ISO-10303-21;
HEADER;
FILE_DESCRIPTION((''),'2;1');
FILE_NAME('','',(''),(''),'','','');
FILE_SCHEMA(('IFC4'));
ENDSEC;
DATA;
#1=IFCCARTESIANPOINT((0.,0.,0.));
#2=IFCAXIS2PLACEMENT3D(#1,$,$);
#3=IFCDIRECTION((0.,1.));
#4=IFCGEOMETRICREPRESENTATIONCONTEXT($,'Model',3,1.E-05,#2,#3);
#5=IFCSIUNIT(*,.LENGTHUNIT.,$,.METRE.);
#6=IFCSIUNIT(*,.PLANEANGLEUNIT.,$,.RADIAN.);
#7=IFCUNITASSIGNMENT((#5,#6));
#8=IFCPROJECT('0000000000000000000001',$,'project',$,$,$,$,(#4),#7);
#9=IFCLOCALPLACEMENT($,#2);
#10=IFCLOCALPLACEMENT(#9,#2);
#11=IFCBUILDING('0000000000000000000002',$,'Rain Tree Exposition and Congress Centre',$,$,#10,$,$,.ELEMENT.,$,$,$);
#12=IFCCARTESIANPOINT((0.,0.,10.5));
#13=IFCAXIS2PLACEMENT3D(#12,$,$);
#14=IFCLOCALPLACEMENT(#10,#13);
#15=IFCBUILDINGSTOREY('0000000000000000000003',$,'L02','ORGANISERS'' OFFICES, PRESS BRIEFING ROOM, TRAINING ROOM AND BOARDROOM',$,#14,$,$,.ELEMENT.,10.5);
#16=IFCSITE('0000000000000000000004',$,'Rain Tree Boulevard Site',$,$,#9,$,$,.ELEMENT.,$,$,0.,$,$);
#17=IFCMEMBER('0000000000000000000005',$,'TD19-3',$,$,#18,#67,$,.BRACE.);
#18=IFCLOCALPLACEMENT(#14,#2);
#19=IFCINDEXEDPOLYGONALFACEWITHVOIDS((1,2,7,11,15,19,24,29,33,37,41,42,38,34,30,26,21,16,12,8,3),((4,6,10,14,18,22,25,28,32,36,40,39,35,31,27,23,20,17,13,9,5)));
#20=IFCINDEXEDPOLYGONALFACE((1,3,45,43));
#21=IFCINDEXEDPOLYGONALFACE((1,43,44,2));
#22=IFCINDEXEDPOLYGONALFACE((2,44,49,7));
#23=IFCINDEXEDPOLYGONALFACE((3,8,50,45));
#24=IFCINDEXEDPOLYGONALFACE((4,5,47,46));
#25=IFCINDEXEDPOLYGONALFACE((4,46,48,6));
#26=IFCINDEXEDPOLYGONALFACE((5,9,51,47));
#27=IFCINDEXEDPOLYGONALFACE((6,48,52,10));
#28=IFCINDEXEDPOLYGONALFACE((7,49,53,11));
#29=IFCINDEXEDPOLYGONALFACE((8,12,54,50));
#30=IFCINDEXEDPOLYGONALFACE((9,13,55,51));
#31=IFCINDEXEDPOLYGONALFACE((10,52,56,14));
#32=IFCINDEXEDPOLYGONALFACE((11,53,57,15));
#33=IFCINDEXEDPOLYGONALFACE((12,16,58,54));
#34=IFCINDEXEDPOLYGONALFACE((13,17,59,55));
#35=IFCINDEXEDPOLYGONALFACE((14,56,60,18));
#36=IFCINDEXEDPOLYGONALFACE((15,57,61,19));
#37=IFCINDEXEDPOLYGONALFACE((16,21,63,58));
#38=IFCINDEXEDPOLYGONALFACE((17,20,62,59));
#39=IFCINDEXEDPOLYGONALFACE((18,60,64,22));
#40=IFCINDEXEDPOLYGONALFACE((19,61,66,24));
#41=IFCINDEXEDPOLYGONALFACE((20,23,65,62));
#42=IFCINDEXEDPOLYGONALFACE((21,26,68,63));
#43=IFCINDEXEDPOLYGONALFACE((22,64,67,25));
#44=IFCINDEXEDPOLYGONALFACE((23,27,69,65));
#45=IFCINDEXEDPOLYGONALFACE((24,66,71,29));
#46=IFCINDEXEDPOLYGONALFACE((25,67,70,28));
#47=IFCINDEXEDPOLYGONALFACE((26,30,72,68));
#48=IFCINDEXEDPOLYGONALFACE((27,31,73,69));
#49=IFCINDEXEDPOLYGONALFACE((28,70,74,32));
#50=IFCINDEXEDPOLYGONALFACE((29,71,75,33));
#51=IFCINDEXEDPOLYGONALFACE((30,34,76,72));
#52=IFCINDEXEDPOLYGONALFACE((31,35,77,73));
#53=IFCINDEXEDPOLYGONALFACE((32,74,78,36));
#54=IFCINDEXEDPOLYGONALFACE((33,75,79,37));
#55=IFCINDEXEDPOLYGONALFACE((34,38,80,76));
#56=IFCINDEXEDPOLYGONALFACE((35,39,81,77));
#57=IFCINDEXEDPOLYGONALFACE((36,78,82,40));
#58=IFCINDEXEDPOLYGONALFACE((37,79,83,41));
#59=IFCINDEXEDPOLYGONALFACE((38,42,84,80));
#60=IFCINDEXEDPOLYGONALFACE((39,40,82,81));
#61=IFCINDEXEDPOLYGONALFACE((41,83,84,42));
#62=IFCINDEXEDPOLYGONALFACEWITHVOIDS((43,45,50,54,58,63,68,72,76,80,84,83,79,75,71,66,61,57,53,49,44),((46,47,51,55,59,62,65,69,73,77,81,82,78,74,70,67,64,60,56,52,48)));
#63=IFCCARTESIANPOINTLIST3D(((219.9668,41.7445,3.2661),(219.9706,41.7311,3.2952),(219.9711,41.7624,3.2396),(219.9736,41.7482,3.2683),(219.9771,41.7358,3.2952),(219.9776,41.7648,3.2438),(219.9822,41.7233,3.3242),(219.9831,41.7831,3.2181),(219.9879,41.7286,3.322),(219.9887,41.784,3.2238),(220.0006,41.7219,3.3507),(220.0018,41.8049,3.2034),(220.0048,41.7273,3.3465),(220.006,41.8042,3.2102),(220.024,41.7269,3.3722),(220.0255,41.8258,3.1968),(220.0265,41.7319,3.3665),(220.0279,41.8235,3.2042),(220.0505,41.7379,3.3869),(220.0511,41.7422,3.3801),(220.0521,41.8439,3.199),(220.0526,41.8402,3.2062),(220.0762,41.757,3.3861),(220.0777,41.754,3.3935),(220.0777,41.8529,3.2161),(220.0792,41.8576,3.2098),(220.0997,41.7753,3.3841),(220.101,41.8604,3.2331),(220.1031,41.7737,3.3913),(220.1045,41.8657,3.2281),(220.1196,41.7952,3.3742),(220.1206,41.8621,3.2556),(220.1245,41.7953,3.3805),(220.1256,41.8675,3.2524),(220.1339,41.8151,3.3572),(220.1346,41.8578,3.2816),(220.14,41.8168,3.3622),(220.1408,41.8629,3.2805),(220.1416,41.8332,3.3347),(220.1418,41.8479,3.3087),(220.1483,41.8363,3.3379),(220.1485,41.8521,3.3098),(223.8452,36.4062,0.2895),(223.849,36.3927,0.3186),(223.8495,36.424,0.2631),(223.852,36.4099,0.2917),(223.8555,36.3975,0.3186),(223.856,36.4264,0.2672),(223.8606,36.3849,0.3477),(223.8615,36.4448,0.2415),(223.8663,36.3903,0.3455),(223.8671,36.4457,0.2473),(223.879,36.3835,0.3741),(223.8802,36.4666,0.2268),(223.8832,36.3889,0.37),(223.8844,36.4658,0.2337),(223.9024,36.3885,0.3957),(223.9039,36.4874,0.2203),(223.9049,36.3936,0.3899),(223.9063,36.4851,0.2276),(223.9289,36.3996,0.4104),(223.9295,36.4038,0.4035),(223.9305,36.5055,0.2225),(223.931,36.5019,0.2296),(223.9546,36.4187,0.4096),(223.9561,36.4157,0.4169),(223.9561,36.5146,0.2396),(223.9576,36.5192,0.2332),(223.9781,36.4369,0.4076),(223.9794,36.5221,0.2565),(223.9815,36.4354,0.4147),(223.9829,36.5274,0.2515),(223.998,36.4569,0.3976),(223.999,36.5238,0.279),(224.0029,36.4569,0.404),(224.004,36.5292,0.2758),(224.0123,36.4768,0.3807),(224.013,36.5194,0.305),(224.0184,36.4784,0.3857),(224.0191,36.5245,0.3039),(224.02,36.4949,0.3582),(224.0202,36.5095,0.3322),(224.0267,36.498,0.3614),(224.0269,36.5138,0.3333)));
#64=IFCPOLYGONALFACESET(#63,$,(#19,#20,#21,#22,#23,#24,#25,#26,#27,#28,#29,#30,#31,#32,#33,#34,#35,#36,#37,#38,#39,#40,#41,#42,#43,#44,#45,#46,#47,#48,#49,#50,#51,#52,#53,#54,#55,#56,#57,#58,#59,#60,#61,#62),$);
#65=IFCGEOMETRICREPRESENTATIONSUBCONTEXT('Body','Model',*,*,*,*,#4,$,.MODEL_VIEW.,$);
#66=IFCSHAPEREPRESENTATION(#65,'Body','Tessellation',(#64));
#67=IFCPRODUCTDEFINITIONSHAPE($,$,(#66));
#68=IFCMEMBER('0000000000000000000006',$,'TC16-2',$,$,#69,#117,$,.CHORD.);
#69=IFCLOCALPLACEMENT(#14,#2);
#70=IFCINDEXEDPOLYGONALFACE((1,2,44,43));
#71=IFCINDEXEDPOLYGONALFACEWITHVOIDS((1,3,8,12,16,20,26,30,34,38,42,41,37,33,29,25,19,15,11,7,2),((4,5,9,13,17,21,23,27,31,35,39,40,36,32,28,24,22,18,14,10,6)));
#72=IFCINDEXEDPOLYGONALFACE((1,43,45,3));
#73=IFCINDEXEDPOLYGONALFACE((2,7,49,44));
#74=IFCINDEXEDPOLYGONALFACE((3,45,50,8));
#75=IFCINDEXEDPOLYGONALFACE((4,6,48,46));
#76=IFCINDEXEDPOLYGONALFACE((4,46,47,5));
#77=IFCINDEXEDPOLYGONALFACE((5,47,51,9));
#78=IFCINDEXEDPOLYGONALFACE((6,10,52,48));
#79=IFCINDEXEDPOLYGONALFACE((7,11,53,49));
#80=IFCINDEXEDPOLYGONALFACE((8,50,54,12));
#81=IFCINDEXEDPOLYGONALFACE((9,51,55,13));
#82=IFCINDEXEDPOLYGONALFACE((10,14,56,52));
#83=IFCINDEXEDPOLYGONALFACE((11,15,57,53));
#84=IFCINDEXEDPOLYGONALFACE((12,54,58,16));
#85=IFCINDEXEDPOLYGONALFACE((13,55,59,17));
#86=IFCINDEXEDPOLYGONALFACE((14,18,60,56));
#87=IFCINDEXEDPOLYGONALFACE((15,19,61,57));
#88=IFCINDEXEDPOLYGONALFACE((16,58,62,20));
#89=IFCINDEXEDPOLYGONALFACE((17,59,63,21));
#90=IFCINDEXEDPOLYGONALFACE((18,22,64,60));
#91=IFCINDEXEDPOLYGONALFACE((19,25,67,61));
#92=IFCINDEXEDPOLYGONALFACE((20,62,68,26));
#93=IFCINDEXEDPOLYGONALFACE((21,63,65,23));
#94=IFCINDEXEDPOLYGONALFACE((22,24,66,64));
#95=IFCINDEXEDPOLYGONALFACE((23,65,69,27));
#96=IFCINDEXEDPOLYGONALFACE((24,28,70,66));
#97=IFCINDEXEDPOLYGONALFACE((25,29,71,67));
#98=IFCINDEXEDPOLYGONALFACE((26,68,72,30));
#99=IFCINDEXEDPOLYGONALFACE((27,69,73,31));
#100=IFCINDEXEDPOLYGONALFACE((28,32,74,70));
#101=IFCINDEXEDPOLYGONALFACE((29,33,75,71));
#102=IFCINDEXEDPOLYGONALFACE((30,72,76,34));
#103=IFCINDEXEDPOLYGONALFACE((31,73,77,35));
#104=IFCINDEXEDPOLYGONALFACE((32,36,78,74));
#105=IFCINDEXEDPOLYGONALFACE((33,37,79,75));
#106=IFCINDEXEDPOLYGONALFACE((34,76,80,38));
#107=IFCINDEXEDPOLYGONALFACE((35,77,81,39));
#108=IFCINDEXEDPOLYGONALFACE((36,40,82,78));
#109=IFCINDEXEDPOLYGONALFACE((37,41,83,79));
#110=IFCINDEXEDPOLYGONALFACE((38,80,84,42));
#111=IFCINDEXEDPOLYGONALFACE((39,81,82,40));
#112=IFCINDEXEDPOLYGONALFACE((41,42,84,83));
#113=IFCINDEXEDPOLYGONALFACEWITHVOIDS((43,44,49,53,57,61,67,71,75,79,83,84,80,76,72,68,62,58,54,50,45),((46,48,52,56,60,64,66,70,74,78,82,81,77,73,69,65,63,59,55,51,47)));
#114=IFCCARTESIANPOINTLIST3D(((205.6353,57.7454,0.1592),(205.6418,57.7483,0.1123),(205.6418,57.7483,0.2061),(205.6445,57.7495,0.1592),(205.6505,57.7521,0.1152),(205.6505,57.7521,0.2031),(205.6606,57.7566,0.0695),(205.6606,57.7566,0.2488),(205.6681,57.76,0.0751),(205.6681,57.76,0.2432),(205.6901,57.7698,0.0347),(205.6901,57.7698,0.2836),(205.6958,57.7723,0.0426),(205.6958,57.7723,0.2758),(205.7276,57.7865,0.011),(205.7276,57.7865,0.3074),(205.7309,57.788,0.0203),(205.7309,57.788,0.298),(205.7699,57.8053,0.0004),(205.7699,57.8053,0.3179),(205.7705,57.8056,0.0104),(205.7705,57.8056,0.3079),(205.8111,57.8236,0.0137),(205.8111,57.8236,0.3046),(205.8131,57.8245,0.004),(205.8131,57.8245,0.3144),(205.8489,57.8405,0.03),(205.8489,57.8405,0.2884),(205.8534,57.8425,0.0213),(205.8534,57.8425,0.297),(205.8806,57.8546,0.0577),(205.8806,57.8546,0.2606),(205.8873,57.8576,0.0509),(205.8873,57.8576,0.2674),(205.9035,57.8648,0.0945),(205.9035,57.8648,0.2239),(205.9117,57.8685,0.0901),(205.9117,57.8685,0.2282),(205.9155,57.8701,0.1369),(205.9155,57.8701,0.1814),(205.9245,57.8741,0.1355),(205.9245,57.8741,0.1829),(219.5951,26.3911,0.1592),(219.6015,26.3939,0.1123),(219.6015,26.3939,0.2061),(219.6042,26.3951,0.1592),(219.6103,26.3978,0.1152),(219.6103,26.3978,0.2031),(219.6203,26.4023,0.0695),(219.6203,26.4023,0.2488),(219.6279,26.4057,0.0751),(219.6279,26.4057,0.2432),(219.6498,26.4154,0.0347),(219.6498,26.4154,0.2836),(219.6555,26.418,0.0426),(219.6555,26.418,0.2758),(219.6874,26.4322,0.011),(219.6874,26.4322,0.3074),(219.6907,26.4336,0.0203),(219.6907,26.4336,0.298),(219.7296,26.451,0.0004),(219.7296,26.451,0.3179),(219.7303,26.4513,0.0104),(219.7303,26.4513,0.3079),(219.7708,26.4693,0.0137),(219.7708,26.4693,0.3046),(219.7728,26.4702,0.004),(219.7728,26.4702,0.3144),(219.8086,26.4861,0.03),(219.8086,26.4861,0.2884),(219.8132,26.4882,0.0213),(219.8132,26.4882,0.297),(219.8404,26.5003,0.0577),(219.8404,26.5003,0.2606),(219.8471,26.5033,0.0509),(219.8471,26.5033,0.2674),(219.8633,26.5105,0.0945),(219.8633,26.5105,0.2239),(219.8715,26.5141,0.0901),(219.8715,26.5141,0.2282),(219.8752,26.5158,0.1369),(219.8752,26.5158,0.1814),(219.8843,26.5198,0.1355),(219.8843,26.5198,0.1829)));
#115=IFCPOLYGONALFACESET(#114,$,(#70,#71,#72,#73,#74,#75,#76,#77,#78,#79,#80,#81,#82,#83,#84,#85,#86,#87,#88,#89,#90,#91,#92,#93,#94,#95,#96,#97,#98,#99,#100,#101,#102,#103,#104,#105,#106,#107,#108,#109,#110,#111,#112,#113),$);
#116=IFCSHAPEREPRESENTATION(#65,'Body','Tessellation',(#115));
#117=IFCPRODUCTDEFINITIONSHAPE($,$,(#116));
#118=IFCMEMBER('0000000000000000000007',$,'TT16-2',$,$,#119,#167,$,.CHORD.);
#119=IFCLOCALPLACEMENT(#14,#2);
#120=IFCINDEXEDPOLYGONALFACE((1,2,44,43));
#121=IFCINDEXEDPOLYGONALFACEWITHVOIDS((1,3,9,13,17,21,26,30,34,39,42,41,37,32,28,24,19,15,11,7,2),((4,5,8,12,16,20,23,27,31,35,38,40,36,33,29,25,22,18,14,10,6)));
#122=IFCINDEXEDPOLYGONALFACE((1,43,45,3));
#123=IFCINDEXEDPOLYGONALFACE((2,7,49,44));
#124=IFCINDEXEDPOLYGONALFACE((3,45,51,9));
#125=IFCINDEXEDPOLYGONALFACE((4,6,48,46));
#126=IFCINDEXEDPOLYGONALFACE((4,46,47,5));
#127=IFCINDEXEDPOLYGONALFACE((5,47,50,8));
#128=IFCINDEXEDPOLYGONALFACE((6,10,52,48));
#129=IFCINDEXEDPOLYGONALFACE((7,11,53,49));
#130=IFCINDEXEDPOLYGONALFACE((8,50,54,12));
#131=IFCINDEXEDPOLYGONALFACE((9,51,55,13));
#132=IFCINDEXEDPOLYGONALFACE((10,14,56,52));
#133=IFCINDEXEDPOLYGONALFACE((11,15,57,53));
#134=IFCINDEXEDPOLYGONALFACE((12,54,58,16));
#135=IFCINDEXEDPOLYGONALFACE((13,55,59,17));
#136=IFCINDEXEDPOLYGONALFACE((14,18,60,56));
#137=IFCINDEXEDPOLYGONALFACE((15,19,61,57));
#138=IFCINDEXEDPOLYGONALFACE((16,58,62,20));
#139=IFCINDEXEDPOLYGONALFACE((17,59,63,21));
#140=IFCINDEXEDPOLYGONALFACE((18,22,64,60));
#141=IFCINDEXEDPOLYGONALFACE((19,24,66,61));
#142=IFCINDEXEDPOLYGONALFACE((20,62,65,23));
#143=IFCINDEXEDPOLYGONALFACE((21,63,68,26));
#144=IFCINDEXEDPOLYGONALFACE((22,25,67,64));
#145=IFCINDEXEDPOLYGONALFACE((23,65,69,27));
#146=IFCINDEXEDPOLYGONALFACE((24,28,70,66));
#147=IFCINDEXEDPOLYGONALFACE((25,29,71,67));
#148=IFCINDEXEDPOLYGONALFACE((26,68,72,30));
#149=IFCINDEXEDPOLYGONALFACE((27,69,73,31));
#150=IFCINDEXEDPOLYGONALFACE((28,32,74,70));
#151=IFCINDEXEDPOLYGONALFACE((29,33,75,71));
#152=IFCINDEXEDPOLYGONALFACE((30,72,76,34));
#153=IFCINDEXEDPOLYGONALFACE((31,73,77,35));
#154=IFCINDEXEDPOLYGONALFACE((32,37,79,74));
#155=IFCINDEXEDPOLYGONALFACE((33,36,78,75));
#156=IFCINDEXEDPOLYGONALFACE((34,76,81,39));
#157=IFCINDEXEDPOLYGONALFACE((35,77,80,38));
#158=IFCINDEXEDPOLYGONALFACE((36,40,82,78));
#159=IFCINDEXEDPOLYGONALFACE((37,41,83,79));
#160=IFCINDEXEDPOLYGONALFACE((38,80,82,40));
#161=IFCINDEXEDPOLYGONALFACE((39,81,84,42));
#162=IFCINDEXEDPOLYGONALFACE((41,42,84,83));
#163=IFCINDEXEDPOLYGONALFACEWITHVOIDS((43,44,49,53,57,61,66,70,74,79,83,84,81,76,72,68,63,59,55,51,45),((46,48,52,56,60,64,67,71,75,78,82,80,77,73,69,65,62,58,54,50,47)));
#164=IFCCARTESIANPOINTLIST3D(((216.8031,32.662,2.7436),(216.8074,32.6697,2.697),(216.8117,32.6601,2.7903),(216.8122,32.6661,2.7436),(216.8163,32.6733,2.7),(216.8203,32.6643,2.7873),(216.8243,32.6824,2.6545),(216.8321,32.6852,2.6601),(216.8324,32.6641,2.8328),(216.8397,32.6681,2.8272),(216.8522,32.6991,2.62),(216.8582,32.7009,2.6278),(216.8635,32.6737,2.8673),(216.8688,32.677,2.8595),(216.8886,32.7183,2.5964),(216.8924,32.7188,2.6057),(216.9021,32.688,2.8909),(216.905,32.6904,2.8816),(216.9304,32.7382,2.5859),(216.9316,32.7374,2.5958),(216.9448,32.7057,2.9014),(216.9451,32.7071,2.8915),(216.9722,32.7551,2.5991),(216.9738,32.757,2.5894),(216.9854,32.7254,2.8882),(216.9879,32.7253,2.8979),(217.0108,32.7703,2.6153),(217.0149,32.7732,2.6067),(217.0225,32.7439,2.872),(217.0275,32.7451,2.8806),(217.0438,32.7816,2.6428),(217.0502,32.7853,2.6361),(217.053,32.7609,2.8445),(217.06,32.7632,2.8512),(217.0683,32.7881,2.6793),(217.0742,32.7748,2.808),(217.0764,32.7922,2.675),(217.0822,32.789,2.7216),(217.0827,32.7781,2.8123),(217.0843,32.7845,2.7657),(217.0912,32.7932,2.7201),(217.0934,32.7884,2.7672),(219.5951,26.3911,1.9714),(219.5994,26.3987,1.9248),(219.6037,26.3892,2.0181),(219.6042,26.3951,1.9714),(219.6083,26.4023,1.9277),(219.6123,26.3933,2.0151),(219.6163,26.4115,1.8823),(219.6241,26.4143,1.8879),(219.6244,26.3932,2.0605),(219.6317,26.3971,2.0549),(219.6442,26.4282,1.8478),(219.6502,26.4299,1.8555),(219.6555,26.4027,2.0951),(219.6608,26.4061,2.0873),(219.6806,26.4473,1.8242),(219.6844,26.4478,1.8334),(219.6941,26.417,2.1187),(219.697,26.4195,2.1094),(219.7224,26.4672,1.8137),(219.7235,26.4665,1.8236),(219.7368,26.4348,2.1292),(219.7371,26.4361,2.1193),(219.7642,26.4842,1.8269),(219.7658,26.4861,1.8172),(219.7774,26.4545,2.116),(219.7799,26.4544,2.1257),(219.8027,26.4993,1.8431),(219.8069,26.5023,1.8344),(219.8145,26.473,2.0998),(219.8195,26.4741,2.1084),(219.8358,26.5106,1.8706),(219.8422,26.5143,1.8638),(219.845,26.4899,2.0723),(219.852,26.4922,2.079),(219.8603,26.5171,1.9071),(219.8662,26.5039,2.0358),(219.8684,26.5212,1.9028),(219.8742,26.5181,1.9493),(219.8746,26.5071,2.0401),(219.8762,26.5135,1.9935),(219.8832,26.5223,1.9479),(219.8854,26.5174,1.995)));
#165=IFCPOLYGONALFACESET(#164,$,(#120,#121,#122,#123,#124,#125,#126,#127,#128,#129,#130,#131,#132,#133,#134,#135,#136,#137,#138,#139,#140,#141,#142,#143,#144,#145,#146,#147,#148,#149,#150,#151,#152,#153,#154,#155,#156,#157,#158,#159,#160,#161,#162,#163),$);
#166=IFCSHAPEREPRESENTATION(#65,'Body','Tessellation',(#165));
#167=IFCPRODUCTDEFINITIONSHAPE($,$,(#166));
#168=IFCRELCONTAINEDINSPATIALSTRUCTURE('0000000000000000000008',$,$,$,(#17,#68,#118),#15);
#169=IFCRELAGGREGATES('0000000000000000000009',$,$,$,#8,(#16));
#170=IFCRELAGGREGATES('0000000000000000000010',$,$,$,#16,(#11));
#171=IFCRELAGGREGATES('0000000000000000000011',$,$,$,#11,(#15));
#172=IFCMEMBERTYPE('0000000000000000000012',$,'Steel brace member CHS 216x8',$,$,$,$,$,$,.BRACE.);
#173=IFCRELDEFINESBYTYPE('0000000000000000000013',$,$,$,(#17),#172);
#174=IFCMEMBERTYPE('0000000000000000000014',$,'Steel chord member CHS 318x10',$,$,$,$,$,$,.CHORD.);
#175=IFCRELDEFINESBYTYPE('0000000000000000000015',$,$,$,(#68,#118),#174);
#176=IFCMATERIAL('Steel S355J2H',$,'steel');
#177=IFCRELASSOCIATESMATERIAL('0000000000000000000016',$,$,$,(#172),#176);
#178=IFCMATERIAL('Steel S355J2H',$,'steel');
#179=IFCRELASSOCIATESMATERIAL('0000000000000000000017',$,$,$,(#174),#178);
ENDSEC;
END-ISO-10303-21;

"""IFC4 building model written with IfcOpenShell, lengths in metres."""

from ifc_helpers import new_model, si_unit, direction, frame, origin, origin_2d, place, context, subcontext, project, spatial, hollow_circle, extrude, material, material_profile, profile_set, type_object, element, save


model = new_model("IFC4")

# Units and contexts
model_context = context("Model", 3, precision=1e-05, world=origin(), true_north=direction((0.0, 1.0)))
body_context = subcontext(model_context, "Body", "Model", "MODEL_VIEW")
ifc_project = project(units=[si_unit("LENGTHUNIT", "METRE"), si_unit("PLANEANGLEUNIT", "RADIAN")], contexts=[model_context])

# Site, building, storey
site_placement = place(None, origin())
site = spatial("IfcSite", under=ifc_project, at=site_placement, Name="Rain Tree Boulevard Site", CompositionType="ELEMENT", RefElevation=0.0)
building_placement = place(site_placement, origin())
building = spatial("IfcBuilding", under=site, at=building_placement, Name="Rain Tree Exposition and Congress Centre", CompositionType="ELEMENT")
storey_placement = place(building_placement, frame((0.0, 0.0, 10.5)))
storey = spatial("IfcBuildingStorey", under=building, at=storey_placement, Name="L02", Description="ORGANISERS' OFFICES, PRESS BRIEFING ROOM, TRAINING ROOM AND BOARDROOM", CompositionType="ELEMENT", Elevation=10.5)

# Members
ifc_material_1 = material(Name="Steel S355J2H", Category="steel")
ifc_material_profile_1 = material_profile(ifc_material_1, hollow_circle(Radius=0.1082, WallThickness=0.0081, at=origin_2d()), Name="CHS 216x8")
ifc_profile_set_1 = profile_set([ifc_material_profile_1], Name="Steel S355J2H")
member_type_1 = type_object("IfcMemberType", Name="Steel brace member CHS 216x8", PredefinedType="BRACE", material=ifc_profile_set_1)
member_1_placement = place(storey_placement, frame((223.9365, 36.4563, 0.3186), z_axis=(-0.535781, 0.737467, 0.411195), x_axis=(-0.809027, -0.587771, 0.0)))
element("IfcMember", 1, at=member_1_placement, inside=storey, type_object=member_type_1, Name="TD19-3", PredefinedType="BRACE", context=body_context, shape_type="SweptSolid", body=[
    extrude(hollow_circle(Radius=0.1082, WallThickness=0.0081, at=origin_2d()), origin(), (0.0, 0.0, 1.0), 7.2388),
])
ifc_material_2 = material(Name="Steel S355J2H", Category="steel")
ifc_material_profile_2 = material_profile(ifc_material_2, hollow_circle(Radius=0.1592, WallThickness=0.01, at=origin_2d()), Name="CHS 318x10")
ifc_profile_set_2 = profile_set([ifc_material_profile_2], Name="Steel S355J2H")
member_type_2 = type_object("IfcMemberType", Name="Steel chord member CHS 318x10", PredefinedType="CHORD", material=ifc_profile_set_2)
member_2_placement = place(storey_placement, frame((219.7405, 26.4558, 0.1592), z_axis=(-0.406734, 0.913546, 0.0), x_axis=(-0.913546, -0.406734, 0.0)))
element("IfcMember", 2, at=member_2_placement, inside=storey, type_object=member_type_2, Name="TC16-2", PredefinedType="CHORD", context=body_context, shape_type="SweptSolid", body=[
    extrude(hollow_circle(Radius=0.1592, WallThickness=0.01, at=origin_2d()), origin(), (0.0, 0.0, 1.0), 34.3215),
])
member_3_placement = place(storey_placement, frame((219.7405, 26.4558, 1.9714), z_axis=(-0.404183, 0.907821, 0.11179), x_axis=(-0.913547, -0.406732, 0.0)))
element("IfcMember", 3, at=member_3_placement, inside=storey, type_object=member_type_2, Name="TT16-2", PredefinedType="CHORD", context=body_context, shape_type="SweptSolid", body=[
    extrude(hollow_circle(Radius=0.1592, WallThickness=0.01, at=origin_2d()), origin(), (0.0, 0.0, 1.0), 6.9077),
])

save(model, "model.ifc")
